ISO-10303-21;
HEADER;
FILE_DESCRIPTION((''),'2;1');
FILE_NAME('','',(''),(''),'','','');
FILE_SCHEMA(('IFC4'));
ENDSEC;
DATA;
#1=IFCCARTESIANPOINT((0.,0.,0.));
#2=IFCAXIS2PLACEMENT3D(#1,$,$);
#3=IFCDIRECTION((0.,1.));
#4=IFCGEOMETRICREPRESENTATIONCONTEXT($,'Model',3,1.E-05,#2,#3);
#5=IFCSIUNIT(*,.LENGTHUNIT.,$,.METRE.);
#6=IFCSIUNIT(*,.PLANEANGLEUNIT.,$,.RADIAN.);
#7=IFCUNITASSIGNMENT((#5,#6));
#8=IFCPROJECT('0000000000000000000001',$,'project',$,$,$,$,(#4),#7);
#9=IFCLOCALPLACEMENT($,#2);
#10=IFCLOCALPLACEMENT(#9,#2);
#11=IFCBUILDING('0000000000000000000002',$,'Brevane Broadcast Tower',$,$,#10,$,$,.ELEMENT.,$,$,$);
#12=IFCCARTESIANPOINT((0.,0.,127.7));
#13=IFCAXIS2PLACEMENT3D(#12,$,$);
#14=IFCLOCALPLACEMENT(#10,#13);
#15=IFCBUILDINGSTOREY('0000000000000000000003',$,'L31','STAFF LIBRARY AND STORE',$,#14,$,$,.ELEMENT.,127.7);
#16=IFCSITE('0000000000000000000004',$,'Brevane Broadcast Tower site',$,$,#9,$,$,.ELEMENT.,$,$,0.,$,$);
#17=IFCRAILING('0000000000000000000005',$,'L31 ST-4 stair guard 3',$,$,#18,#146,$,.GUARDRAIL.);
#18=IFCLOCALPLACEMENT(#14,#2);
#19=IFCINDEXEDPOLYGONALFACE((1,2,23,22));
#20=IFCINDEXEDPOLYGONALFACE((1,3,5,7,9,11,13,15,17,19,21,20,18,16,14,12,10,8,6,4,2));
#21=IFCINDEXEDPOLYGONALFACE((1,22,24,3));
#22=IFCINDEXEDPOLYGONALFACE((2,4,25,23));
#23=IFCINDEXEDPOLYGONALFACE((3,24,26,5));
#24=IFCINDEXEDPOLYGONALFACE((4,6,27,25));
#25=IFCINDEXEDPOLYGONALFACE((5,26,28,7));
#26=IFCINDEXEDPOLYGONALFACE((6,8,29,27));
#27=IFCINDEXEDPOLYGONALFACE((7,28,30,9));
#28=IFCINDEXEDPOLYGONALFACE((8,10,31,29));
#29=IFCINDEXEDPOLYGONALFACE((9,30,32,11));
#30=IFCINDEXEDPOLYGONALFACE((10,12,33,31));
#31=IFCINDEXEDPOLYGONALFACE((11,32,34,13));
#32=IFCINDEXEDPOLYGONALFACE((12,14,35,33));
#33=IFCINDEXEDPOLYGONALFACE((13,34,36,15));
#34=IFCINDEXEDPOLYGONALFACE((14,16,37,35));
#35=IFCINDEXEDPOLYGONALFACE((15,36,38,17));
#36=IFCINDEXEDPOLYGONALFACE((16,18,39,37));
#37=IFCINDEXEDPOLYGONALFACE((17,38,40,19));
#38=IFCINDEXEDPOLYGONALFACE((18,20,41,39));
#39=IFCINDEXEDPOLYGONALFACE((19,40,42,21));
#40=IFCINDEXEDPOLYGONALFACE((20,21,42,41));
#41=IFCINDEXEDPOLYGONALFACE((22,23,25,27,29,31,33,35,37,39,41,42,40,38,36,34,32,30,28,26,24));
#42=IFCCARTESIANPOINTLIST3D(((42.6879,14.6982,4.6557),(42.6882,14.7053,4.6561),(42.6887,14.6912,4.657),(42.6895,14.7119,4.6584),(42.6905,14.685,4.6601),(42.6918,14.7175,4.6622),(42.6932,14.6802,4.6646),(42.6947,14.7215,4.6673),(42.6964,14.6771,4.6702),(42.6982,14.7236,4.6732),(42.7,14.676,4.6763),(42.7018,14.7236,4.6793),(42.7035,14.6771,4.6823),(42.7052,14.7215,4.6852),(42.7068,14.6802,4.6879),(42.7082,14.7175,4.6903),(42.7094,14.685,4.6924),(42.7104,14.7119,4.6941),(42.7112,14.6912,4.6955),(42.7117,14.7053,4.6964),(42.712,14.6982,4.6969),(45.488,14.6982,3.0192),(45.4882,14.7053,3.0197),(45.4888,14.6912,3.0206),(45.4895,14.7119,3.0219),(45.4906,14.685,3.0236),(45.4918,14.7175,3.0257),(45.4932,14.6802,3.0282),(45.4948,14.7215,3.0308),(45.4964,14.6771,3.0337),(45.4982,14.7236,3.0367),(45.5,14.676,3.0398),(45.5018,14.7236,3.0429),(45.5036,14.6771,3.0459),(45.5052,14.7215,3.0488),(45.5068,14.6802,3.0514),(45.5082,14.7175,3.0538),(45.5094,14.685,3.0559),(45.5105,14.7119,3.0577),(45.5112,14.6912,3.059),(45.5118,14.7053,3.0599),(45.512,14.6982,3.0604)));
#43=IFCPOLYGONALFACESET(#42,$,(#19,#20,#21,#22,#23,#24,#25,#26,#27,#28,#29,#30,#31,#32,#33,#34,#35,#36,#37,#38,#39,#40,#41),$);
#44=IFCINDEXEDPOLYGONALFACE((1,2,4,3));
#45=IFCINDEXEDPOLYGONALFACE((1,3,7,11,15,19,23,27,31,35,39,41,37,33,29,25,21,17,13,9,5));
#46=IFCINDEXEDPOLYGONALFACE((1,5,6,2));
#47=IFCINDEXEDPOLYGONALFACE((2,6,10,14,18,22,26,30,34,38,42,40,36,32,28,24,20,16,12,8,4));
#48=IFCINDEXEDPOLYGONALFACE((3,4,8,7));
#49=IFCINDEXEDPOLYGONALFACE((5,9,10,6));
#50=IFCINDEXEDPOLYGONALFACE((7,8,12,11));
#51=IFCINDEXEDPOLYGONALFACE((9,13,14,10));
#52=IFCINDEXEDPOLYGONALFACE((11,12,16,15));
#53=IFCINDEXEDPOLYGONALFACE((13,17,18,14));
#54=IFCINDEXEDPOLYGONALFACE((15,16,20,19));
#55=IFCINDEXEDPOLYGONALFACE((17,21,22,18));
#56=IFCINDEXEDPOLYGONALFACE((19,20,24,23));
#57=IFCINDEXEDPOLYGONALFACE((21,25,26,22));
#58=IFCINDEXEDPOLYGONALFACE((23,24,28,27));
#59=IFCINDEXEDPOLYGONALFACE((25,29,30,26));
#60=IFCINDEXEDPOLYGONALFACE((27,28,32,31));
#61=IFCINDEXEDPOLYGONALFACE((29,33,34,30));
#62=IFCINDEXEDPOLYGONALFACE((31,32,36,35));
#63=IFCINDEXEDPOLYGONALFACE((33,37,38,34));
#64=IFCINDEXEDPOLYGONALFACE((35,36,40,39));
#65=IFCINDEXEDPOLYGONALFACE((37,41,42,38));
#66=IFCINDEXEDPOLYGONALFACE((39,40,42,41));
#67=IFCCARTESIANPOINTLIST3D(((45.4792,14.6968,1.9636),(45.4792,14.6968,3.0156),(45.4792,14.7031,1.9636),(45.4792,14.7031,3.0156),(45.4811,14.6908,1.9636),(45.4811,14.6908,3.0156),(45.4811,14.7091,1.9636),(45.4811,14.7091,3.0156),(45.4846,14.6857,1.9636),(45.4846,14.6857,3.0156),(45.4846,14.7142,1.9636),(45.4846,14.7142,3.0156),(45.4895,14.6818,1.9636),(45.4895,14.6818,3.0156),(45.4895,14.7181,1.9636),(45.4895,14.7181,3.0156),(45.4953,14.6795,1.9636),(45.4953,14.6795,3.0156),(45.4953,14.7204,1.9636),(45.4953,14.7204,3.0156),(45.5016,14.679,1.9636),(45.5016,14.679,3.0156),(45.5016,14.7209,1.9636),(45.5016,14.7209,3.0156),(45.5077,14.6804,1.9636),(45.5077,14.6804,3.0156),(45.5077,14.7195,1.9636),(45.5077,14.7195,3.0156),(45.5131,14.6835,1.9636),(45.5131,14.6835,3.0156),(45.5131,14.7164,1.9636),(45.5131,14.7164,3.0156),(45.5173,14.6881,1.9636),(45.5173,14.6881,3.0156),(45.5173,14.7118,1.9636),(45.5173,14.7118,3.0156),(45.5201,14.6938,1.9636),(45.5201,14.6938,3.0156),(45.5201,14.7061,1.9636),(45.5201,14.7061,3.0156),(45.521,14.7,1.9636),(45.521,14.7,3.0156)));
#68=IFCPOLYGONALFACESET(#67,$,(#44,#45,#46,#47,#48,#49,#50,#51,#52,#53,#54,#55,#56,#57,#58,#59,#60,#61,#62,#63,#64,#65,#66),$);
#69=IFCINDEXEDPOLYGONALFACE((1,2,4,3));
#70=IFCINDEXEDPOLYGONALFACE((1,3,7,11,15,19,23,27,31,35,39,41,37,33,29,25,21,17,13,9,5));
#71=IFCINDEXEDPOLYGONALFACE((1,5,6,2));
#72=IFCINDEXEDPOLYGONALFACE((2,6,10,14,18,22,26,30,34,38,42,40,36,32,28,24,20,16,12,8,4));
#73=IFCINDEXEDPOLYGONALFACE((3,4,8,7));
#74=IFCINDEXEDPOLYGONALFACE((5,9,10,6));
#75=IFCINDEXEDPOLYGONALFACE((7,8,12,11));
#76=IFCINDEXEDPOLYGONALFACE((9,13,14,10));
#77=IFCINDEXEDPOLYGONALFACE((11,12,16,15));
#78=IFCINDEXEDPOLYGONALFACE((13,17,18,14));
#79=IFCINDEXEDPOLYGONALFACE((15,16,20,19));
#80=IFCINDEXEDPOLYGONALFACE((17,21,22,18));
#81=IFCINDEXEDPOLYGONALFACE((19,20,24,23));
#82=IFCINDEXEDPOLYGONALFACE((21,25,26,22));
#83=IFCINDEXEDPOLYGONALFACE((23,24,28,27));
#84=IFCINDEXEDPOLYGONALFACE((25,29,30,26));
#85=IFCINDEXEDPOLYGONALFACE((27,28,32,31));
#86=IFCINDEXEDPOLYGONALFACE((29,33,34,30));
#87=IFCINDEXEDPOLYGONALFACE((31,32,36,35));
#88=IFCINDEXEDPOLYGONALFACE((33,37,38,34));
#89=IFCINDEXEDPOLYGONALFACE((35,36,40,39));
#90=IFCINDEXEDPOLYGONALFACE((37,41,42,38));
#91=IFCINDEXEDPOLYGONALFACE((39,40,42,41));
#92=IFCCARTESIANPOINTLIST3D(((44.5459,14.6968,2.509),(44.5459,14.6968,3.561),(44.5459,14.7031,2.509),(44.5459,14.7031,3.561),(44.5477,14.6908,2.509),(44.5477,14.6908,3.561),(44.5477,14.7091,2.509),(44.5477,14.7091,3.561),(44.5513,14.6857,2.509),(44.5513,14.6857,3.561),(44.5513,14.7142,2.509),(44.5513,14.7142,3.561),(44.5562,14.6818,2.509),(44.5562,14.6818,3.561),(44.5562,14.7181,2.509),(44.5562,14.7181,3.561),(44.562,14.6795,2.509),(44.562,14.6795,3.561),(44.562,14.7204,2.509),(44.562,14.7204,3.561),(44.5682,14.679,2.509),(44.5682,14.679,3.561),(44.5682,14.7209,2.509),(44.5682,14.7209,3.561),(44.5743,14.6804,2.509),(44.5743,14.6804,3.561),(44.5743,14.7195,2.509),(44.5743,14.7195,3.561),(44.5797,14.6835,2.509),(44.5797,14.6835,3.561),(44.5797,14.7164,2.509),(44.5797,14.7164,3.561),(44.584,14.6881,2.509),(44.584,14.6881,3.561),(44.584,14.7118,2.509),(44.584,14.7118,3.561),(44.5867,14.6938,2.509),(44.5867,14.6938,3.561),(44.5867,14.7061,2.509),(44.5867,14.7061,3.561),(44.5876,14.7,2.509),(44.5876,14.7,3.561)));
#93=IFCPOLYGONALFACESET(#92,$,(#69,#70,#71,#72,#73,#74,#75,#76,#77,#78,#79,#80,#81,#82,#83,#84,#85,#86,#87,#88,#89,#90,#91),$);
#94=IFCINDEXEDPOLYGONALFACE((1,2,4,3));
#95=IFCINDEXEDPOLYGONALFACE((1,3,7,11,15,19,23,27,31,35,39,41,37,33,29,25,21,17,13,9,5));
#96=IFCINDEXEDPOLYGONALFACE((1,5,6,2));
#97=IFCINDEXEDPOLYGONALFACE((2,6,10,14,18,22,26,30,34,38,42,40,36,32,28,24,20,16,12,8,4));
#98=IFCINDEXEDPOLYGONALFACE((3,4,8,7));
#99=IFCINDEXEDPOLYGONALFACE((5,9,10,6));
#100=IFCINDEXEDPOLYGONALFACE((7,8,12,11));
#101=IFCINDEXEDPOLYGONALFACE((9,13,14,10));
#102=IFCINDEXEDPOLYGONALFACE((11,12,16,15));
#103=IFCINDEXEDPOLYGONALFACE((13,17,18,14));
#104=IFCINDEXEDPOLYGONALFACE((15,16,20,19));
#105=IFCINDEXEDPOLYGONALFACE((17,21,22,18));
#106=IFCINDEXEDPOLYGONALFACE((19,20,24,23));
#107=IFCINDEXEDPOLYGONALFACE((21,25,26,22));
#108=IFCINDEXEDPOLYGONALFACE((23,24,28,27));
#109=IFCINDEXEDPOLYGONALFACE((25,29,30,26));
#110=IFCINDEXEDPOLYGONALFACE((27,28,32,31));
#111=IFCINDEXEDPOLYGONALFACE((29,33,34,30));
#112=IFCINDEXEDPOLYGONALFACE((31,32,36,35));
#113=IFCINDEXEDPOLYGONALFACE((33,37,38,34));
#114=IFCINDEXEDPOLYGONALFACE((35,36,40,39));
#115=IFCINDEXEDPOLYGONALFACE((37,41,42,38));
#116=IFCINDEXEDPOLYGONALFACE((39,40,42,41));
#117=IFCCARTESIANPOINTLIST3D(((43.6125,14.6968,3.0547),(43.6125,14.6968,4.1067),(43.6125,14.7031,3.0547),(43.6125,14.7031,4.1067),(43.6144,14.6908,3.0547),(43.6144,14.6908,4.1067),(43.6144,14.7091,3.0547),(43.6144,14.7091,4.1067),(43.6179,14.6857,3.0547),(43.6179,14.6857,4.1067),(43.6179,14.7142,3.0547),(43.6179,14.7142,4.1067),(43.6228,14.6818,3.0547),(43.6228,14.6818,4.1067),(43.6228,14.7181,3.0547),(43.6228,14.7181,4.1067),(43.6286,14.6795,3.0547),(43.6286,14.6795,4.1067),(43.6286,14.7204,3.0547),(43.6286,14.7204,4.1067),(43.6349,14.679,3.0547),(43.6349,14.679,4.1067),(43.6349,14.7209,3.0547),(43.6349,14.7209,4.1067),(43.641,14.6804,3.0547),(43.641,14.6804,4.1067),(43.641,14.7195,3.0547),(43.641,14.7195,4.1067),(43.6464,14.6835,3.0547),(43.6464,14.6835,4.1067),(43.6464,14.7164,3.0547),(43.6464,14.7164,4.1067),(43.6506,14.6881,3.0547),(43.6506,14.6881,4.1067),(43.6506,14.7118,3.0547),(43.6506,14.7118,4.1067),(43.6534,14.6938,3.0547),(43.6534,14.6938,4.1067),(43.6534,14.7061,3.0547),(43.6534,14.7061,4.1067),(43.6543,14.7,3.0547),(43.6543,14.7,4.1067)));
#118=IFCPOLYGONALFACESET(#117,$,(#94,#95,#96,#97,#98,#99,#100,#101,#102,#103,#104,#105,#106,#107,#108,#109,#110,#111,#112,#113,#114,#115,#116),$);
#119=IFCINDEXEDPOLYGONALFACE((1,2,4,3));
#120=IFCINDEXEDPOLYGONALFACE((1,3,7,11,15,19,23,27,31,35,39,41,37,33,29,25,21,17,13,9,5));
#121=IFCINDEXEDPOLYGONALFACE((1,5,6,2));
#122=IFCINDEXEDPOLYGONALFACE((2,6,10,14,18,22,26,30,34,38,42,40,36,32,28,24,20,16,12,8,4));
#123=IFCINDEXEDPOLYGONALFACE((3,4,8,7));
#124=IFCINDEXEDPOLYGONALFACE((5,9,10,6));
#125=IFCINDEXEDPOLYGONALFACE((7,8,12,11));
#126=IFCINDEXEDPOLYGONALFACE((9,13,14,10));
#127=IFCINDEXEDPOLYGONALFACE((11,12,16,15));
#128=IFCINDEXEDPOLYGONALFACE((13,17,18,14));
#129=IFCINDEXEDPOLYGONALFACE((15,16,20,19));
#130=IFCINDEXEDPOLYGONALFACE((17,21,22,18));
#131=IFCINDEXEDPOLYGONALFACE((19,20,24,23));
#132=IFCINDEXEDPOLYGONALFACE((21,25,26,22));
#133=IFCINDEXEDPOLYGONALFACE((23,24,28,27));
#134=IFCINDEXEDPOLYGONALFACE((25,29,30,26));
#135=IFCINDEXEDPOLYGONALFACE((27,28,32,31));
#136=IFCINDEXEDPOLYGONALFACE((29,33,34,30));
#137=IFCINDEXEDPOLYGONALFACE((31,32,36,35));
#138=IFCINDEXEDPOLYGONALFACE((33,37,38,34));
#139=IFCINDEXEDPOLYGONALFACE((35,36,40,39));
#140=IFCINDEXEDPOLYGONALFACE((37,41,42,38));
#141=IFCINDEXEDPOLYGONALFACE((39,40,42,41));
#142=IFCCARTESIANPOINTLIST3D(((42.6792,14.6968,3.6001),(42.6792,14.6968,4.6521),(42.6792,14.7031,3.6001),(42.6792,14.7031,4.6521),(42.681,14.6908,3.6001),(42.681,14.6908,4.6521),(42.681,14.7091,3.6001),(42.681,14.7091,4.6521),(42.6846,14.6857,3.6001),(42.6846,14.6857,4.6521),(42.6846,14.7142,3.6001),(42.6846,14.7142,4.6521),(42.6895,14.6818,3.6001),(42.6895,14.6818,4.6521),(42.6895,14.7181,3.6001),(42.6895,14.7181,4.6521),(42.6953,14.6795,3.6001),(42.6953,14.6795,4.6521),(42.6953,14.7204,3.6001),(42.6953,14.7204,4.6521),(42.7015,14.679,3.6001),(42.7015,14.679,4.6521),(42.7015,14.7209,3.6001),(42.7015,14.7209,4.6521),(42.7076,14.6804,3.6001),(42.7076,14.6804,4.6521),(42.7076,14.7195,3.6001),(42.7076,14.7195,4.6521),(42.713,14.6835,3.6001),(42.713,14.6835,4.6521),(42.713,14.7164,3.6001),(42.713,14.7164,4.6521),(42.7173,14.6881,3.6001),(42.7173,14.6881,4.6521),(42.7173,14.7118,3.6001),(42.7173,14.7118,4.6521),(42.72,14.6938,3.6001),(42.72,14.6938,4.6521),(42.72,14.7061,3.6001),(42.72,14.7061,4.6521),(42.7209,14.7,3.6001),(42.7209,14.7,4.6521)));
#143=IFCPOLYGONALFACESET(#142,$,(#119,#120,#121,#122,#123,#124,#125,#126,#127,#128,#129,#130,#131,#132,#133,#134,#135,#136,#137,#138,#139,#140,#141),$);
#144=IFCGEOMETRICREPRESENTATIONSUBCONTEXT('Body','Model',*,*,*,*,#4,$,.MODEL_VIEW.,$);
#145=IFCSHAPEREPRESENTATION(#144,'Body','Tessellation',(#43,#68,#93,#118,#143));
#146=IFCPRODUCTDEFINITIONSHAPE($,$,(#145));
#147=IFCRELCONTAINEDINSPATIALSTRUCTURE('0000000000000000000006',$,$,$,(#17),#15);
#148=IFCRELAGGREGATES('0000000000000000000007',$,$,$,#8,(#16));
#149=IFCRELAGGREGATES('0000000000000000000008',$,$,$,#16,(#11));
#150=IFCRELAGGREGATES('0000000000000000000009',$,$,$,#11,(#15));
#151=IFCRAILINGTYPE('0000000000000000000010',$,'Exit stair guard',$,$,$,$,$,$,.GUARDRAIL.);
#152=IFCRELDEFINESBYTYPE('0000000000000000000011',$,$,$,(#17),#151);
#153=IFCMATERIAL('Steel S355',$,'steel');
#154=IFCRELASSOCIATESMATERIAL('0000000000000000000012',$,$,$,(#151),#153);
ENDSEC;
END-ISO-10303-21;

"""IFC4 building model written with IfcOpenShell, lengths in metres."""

from ifc_helpers import new_model, si_unit, direction, frame, origin, origin_2d, place, context, subcontext, project, spatial, circle, extrude, material, type_object, element, save


model = new_model("IFC4")

# Units and contexts
model_context = context("Model", 3, precision=1e-05, world=origin(), true_north=direction((0.0, 1.0)))
body_context = subcontext(model_context, "Body", "Model", "MODEL_VIEW")
ifc_project = project(units=[si_unit("LENGTHUNIT", "METRE"), si_unit("PLANEANGLEUNIT", "RADIAN")], contexts=[model_context])

# Site, building, storey
site_placement = place(None, origin())
site = spatial("IfcSite", under=ifc_project, at=site_placement, Name="Brevane Broadcast Tower site", CompositionType="ELEMENT", RefElevation=0.0)
building_placement = place(site_placement, origin())
building = spatial("IfcBuilding", under=site, at=building_placement, Name="Brevane Broadcast Tower", CompositionType="ELEMENT")
storey_placement = place(building_placement, frame((0.0, 0.0, 127.7)))
storey = spatial("IfcBuildingStorey", under=building, at=storey_placement, Name="L31", Description="STAFF LIBRARY AND STORE", CompositionType="ELEMENT", Elevation=127.7)

# Railing
ifc_material_1 = material(Name="Steel S355", Category="steel")
railing_type_1 = type_object("IfcRailingType", Name="Exit stair guard", PredefinedType="GUARDRAIL", material=ifc_material_1)
railing_1_placement = place(storey_placement, frame((45.5, 14.7, 1.9636)))
element("IfcRailing", 1, at=railing_1_placement, inside=storey, type_object=railing_type_1, Name="L31 ST-4 stair guard 3", PredefinedType="GUARDRAIL", context=body_context, shape_type="SweptSolid", body=[
    extrude(circle(Radius=0.0239, at=origin_2d()), frame((0.0, 0.0, 1.0762), z_axis=(-0.863361, 0.0, 0.504587), x_axis=(0.0, -1.0, 0.0)), (0.0, 0.0, 1.0), 3.2432),
    extrude(circle(Radius=0.021, at=origin_2d()), origin(), (0.0, 0.0, 1.0), 1.052),
    extrude(circle(Radius=0.021, at=origin_2d()), frame((-0.9333, 0.0, 0.5454)), (0.0, 0.0, 1.0), 1.052),
    extrude(circle(Radius=0.021, at=origin_2d()), frame((-1.8667, 0.0, 1.0911)), (0.0, 0.0, 1.0), 1.052),
    extrude(circle(Radius=0.021, at=origin_2d()), frame((-2.8, 0.0, 1.6365)), (0.0, 0.0, 1.0), 1.052),
])

save(model, "model.ifc")
